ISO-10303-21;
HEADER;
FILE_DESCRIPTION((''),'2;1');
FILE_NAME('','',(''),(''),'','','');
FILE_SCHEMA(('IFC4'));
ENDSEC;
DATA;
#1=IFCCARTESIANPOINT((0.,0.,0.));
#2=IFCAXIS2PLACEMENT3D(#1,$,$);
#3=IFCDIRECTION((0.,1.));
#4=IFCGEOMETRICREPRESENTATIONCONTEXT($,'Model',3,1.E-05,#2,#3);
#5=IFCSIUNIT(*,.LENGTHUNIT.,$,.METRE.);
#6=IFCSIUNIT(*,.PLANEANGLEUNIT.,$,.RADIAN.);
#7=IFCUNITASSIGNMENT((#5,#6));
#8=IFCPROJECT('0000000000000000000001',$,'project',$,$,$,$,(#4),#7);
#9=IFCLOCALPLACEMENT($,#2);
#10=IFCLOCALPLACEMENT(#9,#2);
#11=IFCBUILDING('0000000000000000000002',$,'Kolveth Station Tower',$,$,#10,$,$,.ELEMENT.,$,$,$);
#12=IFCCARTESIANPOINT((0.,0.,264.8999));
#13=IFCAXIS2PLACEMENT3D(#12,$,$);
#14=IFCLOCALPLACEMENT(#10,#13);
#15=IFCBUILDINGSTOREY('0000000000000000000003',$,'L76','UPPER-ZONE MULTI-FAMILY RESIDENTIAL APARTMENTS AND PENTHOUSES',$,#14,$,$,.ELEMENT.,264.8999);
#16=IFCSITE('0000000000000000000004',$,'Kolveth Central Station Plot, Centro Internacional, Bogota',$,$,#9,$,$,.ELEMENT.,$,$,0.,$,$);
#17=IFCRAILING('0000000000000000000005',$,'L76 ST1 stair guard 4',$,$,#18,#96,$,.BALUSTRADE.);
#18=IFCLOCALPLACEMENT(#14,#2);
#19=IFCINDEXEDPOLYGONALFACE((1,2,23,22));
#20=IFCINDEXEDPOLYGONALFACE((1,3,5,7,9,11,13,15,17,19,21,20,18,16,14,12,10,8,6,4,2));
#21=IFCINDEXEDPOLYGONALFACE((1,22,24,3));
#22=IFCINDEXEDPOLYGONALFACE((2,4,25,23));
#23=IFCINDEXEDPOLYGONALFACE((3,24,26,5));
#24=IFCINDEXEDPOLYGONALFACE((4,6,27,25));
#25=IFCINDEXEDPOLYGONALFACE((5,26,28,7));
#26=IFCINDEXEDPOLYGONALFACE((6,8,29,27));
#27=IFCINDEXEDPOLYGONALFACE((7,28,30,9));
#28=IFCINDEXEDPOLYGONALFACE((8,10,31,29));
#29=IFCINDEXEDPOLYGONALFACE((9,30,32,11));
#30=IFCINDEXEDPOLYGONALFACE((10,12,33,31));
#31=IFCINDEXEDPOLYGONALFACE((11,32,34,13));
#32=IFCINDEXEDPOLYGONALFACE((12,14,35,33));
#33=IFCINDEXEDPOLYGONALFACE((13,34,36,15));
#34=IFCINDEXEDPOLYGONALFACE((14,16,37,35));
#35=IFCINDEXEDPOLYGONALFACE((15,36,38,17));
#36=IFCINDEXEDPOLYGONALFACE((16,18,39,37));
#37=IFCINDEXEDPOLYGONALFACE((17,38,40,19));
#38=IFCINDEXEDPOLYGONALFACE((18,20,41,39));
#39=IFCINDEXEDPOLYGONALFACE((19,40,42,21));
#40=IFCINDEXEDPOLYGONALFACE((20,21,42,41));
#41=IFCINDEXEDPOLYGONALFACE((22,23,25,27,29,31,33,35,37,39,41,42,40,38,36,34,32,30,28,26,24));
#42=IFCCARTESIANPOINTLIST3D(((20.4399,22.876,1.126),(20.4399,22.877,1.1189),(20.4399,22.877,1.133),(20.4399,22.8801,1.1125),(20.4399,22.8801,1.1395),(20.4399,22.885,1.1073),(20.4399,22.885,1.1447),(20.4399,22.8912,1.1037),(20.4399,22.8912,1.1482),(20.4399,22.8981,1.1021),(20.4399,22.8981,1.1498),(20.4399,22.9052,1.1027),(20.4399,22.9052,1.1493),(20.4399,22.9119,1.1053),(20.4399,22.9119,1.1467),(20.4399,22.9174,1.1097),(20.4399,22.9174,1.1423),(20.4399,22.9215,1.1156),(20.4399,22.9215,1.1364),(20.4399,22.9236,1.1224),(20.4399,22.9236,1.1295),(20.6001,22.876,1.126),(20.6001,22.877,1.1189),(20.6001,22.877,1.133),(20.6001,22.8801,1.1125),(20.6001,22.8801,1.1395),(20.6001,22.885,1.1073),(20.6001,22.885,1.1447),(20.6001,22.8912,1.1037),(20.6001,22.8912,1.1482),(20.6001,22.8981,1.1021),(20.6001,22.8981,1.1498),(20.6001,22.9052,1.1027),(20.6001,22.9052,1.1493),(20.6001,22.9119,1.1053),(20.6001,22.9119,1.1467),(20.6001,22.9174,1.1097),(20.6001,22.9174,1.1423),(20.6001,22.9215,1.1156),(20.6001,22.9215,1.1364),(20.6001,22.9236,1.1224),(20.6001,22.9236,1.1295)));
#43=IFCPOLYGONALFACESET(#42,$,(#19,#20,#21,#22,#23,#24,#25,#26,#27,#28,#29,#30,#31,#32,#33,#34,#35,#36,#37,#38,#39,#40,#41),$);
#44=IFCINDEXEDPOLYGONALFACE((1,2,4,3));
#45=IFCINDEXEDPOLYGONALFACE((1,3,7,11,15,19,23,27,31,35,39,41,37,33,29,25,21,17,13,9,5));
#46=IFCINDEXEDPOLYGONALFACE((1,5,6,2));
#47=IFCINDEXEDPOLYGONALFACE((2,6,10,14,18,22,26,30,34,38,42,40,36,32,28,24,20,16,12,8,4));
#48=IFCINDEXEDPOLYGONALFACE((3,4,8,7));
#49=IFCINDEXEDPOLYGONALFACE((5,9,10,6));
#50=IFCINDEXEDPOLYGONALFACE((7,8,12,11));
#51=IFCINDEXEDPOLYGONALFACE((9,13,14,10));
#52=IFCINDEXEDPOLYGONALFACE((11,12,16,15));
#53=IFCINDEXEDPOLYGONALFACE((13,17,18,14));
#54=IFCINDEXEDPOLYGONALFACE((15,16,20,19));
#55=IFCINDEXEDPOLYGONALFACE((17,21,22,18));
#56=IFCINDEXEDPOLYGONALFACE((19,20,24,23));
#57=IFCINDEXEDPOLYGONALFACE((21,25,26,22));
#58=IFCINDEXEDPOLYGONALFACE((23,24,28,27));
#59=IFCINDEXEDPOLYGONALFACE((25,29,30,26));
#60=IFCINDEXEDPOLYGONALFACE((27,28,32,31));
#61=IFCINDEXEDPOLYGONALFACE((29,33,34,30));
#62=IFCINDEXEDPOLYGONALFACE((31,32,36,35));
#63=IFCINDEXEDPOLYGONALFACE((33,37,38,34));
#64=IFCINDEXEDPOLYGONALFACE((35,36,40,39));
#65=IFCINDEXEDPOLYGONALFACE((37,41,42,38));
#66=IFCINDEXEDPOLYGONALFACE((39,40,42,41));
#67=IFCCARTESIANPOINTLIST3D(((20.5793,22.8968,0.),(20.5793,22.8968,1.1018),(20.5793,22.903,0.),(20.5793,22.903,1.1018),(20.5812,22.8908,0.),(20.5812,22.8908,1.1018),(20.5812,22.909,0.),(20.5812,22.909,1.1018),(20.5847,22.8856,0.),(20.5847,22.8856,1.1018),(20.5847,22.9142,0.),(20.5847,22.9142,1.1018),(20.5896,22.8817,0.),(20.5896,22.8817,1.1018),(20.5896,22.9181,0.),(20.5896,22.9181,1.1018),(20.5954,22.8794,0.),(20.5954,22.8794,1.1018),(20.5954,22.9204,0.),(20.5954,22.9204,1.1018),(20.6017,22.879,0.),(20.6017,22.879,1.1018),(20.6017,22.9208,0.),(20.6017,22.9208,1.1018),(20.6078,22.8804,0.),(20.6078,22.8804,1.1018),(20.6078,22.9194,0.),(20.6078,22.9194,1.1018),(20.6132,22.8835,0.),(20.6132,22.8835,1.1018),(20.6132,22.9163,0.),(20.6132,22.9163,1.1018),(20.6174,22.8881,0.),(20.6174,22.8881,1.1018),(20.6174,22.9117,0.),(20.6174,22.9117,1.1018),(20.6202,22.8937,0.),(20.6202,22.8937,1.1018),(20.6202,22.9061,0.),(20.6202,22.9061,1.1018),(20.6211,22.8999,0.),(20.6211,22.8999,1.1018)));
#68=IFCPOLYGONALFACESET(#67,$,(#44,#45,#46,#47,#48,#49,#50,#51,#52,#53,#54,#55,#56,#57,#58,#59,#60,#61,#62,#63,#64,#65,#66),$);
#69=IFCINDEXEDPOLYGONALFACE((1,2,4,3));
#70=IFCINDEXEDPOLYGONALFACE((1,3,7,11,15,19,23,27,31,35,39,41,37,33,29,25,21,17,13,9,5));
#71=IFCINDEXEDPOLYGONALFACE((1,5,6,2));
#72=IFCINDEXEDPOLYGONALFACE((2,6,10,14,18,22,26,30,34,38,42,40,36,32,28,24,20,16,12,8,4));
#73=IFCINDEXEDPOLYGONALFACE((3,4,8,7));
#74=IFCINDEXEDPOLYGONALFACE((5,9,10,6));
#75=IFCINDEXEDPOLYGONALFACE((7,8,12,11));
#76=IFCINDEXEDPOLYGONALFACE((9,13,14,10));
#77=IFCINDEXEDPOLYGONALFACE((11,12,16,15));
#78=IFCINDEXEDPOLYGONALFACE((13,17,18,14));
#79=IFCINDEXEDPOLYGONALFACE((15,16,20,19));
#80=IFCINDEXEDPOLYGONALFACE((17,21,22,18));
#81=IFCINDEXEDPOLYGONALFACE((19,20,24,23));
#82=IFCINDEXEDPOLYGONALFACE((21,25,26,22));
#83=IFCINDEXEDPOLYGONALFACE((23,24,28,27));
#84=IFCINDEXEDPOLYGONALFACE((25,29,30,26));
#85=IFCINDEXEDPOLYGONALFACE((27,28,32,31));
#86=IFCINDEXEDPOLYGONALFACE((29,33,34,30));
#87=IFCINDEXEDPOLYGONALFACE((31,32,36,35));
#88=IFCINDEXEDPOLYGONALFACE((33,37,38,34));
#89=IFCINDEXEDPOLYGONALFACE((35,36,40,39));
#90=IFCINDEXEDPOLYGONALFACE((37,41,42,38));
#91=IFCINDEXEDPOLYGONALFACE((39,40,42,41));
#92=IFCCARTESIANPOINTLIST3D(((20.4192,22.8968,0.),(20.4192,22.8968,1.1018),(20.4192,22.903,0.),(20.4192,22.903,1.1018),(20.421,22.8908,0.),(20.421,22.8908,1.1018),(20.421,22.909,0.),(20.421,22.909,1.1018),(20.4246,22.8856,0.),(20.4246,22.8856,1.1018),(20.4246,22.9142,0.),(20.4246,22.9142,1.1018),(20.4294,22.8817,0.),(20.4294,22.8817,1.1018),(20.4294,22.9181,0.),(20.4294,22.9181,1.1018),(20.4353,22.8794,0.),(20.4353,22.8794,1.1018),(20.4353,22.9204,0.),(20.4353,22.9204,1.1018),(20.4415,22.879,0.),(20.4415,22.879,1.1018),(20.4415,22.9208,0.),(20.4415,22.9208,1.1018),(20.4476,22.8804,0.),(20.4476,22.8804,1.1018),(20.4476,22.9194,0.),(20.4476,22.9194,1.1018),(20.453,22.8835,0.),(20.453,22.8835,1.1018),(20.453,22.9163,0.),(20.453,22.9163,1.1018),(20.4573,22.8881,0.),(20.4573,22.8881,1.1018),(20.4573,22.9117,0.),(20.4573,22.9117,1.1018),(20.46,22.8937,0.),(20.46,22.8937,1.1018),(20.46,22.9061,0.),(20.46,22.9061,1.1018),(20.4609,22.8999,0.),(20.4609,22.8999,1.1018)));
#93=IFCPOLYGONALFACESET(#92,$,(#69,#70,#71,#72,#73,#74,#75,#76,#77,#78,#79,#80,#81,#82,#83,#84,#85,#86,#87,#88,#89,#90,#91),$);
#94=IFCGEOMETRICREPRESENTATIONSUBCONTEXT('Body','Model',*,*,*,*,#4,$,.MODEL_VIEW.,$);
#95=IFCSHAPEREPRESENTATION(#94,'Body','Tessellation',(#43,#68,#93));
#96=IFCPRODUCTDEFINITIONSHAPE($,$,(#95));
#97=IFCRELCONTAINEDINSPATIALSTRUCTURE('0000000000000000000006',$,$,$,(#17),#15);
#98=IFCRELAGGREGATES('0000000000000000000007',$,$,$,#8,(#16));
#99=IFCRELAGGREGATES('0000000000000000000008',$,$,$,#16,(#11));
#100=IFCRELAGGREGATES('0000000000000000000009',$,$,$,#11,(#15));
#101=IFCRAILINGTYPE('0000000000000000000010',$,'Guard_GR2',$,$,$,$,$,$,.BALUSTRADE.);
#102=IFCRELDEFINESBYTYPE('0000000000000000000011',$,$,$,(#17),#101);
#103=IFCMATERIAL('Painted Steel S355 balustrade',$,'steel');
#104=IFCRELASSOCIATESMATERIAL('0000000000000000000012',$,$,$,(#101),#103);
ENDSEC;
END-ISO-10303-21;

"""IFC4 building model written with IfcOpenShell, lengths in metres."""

from ifc_helpers import new_model, si_unit, direction, frame, origin, origin_2d, place, context, subcontext, project, spatial, circle, extrude, material, type_object, element, save


model = new_model("IFC4")

# Units and contexts
model_context = context("Model", 3, precision=1e-05, world=origin(), true_north=direction((0.0, 1.0)))
body_context = subcontext(model_context, "Body", "Model", "MODEL_VIEW")
ifc_project = project(units=[si_unit("LENGTHUNIT", "METRE"), si_unit("PLANEANGLEUNIT", "RADIAN")], contexts=[model_context])

# Site, building, storey
site_placement = place(None, origin())
site = spatial("IfcSite", under=ifc_project, at=site_placement, Name="Kolveth Central Station Plot, Centro Internacional, Bogota", CompositionType="ELEMENT", RefElevation=0.0)
building_placement = place(site_placement, origin())
building = spatial("IfcBuilding", under=site, at=building_placement, Name="Kolveth Station Tower", CompositionType="ELEMENT")
storey_placement = place(building_placement, frame((0.0, 0.0, 264.8999)))
storey = spatial("IfcBuildingStorey", under=building, at=storey_placement, Name="L76", Description="UPPER-ZONE MULTI-FAMILY RESIDENTIAL APARTMENTS AND PENTHOUSES", CompositionType="ELEMENT", Elevation=264.8999)

# Railing
ifc_material_1 = material(Name="Painted Steel S355 balustrade", Category="steel")
railing_type_1 = type_object("IfcRailingType", Name="Guard_GR2", PredefinedType="BALUSTRADE", material=ifc_material_1)
railing_1_placement = place(storey_placement, frame((20.6001, 22.8999, 0.0)))
element("IfcRailing", 1, at=railing_1_placement, inside=storey, type_object=railing_type_1, Name="L76 ST1 stair guard 4", PredefinedType="BALUSTRADE", context=body_context, shape_type="SweptSolid", body=[
    extrude(circle(Radius=0.0239, at=origin_2d()), frame((0.0, 0.0, 1.126), z_axis=(-1.0, 0.0, 0.0), x_axis=(0.0, -1.0, 0.0)), (0.0, 0.0, 1.0), 0.1602),
    extrude(circle(Radius=0.021, at=origin_2d()), origin(), (0.0, 0.0, 1.0), 1.1018),
    extrude(circle(Radius=0.021, at=origin_2d()), frame((-0.1602, 0.0, 0.0)), (0.0, 0.0, 1.0), 1.1018),
])

save(model, "model.ifc")
